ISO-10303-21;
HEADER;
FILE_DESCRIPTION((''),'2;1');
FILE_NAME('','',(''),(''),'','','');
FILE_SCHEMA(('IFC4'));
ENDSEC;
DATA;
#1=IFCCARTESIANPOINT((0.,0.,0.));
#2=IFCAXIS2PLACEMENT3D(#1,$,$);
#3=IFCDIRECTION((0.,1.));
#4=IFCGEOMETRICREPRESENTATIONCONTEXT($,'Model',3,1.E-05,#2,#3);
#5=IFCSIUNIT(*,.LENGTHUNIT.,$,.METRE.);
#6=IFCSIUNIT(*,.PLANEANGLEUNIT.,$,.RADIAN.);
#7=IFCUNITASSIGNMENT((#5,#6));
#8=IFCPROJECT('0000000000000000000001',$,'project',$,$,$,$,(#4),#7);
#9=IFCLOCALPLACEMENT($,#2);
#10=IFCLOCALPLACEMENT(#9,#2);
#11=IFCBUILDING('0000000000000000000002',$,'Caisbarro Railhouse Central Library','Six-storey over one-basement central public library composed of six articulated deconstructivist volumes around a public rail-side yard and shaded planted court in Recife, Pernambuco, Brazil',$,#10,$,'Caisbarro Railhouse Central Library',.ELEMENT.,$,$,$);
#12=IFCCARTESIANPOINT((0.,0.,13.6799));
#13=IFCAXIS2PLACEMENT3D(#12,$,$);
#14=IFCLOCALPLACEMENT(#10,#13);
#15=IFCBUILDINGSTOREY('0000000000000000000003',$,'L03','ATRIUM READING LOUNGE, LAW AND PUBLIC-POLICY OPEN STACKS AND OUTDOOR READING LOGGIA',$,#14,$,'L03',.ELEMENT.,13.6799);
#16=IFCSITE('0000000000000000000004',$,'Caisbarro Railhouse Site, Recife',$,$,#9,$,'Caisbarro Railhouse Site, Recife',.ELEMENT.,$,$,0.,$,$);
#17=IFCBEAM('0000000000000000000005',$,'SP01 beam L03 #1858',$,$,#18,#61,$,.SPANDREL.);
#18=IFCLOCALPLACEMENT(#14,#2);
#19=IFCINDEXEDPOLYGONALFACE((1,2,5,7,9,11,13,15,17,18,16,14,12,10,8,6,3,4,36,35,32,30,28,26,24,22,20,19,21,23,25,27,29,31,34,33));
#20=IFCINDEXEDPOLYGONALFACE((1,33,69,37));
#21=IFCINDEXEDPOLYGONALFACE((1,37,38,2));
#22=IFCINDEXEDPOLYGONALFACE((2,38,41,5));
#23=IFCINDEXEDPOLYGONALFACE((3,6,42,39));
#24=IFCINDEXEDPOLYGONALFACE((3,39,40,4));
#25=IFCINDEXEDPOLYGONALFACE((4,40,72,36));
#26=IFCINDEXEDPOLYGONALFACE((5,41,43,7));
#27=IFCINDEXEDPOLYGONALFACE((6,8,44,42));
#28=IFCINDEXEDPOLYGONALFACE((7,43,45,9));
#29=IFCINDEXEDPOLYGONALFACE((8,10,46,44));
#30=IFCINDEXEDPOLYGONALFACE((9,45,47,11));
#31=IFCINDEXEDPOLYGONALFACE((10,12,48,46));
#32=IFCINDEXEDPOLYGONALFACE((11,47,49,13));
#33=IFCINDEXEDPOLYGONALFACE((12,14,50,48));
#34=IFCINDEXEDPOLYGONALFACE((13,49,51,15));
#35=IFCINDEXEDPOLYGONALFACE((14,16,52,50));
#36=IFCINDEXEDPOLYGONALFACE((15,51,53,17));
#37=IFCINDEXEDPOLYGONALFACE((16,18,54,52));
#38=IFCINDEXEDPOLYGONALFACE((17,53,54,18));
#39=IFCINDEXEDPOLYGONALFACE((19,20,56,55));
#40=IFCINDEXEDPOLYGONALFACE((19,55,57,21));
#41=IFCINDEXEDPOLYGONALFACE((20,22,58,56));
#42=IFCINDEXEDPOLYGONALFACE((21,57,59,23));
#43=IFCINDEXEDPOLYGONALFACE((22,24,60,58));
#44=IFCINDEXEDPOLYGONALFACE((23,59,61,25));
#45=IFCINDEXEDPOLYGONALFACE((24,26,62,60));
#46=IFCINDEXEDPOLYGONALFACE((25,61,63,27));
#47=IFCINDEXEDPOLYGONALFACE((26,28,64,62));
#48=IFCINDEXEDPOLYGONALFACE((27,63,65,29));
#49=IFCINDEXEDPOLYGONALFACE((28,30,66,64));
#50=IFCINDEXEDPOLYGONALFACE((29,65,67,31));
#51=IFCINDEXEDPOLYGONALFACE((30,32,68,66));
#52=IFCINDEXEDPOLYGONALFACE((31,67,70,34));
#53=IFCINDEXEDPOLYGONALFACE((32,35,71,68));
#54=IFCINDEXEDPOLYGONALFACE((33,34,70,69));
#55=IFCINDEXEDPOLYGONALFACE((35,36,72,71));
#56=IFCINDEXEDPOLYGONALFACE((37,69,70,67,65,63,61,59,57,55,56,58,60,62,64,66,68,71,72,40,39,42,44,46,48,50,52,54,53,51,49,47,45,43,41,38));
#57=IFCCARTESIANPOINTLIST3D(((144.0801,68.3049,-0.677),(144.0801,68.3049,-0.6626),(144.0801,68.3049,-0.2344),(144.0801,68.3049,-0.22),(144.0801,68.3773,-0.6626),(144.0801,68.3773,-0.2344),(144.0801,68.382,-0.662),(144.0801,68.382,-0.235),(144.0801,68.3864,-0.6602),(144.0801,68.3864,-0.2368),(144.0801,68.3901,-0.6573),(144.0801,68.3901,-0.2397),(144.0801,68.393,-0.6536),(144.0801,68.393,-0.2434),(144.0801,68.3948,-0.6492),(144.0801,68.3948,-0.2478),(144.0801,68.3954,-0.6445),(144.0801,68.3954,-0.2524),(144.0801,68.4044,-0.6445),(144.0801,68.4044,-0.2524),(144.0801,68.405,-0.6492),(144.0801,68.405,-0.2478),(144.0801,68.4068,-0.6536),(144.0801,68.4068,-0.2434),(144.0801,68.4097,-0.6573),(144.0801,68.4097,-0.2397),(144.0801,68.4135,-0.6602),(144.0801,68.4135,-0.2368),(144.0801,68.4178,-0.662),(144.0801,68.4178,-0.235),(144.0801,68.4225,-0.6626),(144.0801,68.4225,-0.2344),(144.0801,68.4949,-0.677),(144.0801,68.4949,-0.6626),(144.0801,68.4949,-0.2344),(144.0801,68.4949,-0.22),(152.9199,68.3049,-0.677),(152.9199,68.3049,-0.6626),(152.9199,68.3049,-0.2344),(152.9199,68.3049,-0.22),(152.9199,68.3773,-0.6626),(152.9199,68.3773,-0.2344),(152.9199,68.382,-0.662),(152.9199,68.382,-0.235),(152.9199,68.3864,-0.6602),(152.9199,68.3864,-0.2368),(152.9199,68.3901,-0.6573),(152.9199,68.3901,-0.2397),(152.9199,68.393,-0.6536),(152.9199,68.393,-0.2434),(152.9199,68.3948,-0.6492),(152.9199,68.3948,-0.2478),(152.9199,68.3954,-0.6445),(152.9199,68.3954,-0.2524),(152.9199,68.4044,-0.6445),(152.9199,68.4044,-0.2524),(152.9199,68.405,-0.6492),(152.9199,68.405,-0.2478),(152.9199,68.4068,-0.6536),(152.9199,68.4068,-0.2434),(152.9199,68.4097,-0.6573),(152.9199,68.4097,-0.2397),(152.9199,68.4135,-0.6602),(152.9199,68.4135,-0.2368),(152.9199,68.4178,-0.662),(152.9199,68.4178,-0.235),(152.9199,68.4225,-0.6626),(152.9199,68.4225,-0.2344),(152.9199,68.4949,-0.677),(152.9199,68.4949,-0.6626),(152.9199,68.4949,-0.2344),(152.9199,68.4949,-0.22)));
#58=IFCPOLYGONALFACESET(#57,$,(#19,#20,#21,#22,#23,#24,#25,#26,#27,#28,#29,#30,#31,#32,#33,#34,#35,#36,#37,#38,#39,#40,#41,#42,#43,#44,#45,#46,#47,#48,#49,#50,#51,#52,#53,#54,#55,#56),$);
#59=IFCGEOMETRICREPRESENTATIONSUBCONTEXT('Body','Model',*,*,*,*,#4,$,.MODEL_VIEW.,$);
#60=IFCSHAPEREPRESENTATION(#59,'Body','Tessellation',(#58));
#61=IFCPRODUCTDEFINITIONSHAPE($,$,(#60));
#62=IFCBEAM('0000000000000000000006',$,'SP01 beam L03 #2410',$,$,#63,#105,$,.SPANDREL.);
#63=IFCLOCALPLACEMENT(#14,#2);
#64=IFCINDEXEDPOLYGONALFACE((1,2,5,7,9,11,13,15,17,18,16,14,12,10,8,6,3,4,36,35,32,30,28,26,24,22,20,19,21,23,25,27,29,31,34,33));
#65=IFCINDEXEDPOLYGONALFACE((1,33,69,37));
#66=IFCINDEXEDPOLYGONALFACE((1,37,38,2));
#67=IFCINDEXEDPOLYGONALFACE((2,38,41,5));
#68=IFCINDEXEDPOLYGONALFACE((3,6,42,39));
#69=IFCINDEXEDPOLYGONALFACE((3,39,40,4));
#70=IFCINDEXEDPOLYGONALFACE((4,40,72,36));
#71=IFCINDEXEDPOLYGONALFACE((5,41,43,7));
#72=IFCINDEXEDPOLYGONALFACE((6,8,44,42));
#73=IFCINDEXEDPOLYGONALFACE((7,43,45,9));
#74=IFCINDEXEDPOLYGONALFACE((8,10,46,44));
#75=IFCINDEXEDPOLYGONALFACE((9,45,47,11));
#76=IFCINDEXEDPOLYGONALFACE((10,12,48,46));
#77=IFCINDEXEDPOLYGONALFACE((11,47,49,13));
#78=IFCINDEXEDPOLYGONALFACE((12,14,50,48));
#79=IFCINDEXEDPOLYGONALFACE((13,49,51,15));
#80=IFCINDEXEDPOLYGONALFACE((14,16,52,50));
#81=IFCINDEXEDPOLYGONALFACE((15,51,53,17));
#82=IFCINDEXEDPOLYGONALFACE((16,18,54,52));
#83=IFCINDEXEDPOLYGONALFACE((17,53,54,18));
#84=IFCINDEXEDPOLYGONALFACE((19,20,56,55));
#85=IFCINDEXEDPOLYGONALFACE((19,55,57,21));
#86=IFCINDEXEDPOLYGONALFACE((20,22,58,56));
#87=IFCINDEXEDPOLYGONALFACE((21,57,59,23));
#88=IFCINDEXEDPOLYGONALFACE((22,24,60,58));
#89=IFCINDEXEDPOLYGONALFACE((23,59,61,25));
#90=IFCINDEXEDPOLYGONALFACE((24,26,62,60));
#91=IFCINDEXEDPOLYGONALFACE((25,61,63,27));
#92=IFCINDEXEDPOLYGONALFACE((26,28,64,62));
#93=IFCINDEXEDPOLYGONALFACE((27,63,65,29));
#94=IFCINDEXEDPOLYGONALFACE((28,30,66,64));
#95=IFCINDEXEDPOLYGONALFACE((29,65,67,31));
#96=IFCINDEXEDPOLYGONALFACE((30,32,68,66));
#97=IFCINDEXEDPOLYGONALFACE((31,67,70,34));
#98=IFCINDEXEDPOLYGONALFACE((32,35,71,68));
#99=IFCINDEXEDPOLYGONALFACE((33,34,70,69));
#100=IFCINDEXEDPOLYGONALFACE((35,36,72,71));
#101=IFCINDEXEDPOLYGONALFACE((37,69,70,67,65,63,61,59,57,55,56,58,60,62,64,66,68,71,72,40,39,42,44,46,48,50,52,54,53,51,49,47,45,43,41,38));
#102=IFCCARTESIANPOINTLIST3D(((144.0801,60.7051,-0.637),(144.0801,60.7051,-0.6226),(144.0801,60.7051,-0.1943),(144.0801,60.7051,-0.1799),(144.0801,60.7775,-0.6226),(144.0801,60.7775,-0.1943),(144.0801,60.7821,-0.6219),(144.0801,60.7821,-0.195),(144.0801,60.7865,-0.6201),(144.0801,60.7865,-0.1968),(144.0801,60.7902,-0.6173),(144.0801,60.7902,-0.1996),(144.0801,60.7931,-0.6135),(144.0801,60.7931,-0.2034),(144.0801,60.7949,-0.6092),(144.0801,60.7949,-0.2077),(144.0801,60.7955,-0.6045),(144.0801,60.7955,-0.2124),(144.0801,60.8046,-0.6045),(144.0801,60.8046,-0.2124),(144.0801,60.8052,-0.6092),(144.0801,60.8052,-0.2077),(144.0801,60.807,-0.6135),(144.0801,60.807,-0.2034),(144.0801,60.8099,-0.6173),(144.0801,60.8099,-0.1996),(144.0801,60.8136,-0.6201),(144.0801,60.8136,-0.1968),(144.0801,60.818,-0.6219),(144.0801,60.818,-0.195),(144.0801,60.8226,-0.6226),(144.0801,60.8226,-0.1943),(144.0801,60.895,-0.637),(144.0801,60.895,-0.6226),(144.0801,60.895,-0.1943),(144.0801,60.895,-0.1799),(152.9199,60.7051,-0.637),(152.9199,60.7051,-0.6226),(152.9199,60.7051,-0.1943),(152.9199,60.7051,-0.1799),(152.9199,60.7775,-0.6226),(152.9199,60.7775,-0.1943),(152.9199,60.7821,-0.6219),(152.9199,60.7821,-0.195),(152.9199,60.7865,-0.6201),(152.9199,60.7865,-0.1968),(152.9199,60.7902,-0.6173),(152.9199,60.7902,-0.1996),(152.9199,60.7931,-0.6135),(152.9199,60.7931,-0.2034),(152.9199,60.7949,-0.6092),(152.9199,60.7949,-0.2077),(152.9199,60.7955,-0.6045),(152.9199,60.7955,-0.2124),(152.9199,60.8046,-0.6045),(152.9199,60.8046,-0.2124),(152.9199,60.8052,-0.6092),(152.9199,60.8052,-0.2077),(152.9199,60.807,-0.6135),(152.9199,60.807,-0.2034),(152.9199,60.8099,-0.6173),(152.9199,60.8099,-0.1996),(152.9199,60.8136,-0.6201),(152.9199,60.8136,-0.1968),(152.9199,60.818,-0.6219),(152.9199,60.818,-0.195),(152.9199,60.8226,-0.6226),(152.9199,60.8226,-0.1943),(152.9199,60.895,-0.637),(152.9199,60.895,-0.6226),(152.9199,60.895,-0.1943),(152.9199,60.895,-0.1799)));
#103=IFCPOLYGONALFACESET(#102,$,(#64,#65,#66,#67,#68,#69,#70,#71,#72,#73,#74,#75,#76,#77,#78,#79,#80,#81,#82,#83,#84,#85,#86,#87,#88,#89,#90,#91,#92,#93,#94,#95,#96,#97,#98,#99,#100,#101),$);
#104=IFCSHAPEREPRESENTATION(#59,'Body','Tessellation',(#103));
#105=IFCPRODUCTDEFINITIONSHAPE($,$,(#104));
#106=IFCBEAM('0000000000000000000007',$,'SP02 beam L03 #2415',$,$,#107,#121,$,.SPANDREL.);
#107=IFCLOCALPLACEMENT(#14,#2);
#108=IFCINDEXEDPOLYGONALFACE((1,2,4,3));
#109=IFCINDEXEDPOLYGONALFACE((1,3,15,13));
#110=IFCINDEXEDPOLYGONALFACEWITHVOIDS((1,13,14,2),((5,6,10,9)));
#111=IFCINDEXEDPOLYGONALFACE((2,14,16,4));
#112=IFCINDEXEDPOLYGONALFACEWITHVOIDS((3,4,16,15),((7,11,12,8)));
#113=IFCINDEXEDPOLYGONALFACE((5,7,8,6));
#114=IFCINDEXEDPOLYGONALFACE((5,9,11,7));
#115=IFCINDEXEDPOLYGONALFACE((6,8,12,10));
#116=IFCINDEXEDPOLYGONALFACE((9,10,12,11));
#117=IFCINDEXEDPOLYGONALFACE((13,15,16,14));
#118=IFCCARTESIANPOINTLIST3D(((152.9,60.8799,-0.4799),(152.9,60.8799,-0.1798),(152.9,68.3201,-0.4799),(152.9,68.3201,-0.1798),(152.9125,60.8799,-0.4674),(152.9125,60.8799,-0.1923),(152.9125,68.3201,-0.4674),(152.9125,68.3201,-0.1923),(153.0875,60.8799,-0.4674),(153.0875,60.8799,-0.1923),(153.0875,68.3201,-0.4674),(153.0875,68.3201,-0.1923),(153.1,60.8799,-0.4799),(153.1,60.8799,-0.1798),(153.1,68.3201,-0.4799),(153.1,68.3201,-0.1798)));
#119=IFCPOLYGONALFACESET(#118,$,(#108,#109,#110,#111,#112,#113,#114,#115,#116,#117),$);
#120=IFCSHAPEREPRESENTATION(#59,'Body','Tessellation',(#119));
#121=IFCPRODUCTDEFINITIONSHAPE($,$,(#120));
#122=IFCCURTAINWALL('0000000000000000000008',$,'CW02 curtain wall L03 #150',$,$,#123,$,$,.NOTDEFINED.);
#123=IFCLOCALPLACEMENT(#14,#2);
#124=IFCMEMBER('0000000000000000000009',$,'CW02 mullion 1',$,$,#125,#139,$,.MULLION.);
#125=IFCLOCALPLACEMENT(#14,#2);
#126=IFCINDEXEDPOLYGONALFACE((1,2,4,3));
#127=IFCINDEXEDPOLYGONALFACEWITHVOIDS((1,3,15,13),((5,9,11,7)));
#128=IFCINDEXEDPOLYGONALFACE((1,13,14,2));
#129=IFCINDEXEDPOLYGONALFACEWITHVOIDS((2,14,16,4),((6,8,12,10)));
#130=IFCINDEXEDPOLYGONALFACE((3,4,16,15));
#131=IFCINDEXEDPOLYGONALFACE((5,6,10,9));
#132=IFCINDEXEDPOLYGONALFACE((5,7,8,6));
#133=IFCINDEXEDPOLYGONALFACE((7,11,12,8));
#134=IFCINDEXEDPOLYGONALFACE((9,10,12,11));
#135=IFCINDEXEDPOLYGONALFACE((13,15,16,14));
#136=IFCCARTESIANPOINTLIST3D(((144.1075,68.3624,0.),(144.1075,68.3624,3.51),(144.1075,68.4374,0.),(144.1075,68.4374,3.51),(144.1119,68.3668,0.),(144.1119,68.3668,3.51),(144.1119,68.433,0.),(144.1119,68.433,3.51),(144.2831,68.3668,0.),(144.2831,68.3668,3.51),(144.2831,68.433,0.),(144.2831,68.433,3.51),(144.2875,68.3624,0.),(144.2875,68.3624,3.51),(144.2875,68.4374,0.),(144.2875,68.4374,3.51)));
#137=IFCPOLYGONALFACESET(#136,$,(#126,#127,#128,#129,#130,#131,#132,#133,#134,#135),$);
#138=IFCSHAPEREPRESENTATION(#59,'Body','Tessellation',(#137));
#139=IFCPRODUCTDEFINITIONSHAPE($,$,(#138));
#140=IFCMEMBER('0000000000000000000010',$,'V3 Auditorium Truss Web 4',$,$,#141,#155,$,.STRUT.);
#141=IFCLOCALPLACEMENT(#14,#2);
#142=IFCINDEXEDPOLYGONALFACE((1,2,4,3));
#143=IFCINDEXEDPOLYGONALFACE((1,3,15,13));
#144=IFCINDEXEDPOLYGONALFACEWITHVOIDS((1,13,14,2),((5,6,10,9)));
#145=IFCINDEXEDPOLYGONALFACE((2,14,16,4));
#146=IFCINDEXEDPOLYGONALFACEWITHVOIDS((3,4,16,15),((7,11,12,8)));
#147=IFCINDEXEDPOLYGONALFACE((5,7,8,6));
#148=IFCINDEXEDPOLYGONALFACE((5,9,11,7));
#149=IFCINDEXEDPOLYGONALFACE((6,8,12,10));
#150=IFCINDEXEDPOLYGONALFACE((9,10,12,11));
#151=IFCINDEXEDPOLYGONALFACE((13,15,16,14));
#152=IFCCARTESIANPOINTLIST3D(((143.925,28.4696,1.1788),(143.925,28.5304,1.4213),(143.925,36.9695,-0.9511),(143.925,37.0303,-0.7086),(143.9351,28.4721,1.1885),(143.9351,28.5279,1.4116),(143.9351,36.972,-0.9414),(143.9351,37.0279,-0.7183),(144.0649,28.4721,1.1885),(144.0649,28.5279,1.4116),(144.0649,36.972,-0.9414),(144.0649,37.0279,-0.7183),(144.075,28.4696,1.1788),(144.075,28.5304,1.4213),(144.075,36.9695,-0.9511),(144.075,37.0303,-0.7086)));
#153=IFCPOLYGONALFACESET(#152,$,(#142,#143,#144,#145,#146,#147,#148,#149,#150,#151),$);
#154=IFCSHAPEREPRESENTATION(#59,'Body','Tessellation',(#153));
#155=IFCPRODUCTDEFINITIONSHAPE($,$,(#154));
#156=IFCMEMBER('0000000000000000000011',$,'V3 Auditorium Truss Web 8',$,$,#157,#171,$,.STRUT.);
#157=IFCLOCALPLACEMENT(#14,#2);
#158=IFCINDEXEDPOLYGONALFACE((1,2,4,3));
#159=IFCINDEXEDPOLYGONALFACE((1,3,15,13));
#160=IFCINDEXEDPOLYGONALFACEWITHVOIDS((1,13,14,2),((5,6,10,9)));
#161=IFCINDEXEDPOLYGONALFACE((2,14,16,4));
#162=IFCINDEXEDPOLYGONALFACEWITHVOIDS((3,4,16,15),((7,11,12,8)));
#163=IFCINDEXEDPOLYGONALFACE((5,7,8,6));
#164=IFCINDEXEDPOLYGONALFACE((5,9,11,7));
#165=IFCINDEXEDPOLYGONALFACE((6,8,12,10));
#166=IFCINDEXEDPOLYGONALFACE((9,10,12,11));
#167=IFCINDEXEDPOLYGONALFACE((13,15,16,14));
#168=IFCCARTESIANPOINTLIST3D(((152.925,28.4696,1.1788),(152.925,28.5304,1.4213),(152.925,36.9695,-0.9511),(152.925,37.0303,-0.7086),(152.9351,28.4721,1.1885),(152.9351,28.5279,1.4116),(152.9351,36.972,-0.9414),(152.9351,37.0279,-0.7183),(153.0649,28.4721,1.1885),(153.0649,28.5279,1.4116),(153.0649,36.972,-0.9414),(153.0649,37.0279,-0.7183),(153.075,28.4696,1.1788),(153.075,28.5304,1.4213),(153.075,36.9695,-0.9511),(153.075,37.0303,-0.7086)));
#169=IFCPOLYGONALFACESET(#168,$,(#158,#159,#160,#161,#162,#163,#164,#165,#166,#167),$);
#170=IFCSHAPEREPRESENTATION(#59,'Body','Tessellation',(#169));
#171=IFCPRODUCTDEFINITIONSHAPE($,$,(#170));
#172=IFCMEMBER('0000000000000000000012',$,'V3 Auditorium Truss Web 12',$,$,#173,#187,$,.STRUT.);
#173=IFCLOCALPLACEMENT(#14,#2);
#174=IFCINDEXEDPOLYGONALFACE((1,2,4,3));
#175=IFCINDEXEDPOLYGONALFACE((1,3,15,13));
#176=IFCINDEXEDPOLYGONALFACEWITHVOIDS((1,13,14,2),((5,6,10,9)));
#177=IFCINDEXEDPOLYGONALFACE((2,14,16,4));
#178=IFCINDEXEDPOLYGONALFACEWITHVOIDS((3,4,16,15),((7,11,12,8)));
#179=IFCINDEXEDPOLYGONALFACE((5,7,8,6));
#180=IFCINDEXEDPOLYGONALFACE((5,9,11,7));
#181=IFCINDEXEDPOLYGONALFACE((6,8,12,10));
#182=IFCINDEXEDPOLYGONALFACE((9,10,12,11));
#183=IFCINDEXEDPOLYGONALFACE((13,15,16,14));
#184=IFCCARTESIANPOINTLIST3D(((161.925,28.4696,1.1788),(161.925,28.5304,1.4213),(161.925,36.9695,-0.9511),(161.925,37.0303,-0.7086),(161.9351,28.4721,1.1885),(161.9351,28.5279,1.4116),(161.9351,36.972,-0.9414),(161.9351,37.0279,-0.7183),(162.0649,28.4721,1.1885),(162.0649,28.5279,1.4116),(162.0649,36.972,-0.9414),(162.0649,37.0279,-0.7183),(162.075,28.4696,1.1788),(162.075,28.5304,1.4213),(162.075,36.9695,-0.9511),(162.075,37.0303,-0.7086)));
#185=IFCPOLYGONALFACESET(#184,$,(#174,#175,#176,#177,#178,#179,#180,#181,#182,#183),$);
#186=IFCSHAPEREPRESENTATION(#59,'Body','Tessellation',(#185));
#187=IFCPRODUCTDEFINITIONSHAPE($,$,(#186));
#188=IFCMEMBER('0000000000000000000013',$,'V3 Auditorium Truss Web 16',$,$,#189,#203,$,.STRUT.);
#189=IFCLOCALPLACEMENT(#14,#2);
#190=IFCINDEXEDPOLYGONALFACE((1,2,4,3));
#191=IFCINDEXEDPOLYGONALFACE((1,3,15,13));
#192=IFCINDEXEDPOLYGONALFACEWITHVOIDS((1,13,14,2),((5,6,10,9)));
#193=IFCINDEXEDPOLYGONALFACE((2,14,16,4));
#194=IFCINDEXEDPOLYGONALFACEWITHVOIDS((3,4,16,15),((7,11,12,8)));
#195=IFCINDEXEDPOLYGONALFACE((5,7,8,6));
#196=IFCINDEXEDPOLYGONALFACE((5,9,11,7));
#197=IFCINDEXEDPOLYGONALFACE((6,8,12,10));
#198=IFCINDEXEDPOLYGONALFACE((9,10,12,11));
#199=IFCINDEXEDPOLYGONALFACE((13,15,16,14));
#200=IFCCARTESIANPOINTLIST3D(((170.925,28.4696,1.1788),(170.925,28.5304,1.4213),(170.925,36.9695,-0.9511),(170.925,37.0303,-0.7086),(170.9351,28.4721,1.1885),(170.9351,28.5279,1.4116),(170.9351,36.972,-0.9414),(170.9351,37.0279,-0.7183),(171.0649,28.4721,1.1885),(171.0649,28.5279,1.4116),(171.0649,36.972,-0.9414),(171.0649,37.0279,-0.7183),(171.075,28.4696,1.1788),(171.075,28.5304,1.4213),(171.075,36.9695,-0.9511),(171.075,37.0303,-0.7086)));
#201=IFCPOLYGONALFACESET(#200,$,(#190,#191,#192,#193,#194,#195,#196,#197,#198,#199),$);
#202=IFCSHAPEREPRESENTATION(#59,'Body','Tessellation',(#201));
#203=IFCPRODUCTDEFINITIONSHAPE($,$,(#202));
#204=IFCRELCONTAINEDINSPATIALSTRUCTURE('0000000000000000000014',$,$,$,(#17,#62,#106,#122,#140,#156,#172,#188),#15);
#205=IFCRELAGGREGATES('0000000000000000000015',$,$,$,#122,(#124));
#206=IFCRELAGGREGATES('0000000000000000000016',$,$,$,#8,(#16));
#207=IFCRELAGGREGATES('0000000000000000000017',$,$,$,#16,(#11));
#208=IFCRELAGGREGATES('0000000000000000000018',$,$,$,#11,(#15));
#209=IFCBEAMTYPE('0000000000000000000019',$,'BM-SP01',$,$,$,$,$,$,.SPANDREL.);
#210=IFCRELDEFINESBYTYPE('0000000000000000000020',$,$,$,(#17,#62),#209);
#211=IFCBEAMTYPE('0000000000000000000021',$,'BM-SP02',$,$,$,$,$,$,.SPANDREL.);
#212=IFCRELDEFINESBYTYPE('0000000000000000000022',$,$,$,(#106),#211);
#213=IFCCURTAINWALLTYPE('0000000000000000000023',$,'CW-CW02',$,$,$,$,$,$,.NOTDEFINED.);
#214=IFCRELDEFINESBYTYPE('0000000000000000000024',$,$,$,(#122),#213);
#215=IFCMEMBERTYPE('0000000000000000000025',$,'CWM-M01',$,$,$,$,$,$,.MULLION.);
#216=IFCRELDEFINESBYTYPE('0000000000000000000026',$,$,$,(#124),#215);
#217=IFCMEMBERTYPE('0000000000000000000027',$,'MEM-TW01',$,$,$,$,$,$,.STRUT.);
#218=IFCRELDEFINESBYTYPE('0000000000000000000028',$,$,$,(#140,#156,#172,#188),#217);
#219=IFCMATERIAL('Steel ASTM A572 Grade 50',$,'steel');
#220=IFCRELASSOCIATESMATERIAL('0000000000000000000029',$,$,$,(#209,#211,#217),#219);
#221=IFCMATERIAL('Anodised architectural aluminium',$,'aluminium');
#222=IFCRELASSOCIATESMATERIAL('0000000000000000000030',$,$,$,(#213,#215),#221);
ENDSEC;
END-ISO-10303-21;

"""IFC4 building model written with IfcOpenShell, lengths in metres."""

from ifc_helpers import new_model, si_unit, direction, frame, origin, origin_2d, place, context, subcontext, project, spatial, hollow_rectangle, i_section, extrude, material, material_profile, profile_set, type_object, element, aggregate, save


model = new_model("IFC4")

# Units and contexts
model_context = context("Model", 3, precision=1e-05, world=origin(), true_north=direction((0.0, 1.0)))
body_context = subcontext(model_context, "Body", "Model", "MODEL_VIEW")
ifc_project = project(units=[si_unit("LENGTHUNIT", "METRE"), si_unit("PLANEANGLEUNIT", "RADIAN")], contexts=[model_context])

# Site, building, storey
site_placement = place(None, origin())
site = spatial("IfcSite", under=ifc_project, at=site_placement, Name="Caisbarro Railhouse Site, Recife", LongName="Caisbarro Railhouse Site, Recife", CompositionType="ELEMENT", RefElevation=0.0)
building_placement = place(site_placement, origin())
building = spatial("IfcBuilding", under=site, at=building_placement, Name="Caisbarro Railhouse Central Library", Description="Six-storey over one-basement central public library composed of six articulated deconstructivist volumes around a public rail-side yard and shaded planted court in Recife, Pernambuco, Brazil", LongName="Caisbarro Railhouse Central Library", CompositionType="ELEMENT")
storey_placement = place(building_placement, frame((0.0, 0.0, 13.6799)))
storey = spatial("IfcBuildingStorey", under=building, at=storey_placement, Name="L03", Description="ATRIUM READING LOUNGE, LAW AND PUBLIC-POLICY OPEN STACKS AND OUTDOOR READING LOGGIA", LongName="L03", CompositionType="ELEMENT", Elevation=13.6799)

# Shared definitions
ifc_material_1 = material(Name="Steel ASTM A572 Grade 50", Category="steel")

# Beams
ifc_material_profile_1 = material_profile(ifc_material_1, i_section(OverallWidth=0.1899, OverallDepth=0.457, WebThickness=0.009, FlangeThickness=0.0144, FilletRadius=0.0181, at=origin_2d()), Name="W460X74.0")
ifc_profile_set_1 = profile_set([ifc_material_profile_1], Name="Steel ASTM A572 Grade 50")
beam_type_1 = type_object("IfcBeamType", Name="BM-SP01", PredefinedType="SPANDREL", material=ifc_profile_set_1)
for number, where, z_axis, x_axis, name in (
    (1, (144.0801, 68.3999, -0.4485), (1.0, 0.0, 0.0), (0.0, 1.0, 0.0), "SP01 beam L03 #1858"),
    (2, (144.0801, 60.8, -0.4084), (1.0, 0.0, 0.0), (0.0, 1.0, 0.0), "SP01 beam L03 #2410"),
):
    element("IfcBeam", number, at=place(storey_placement, frame(where, z_axis=z_axis, x_axis=x_axis)), inside=storey, type_object=beam_type_1, Name=name, PredefinedType="SPANDREL", context=body_context, shape_type="SweptSolid", body=[
        extrude(i_section(OverallWidth=0.1899, OverallDepth=0.457, WebThickness=0.009, FlangeThickness=0.0144, FilletRadius=0.0181, at=origin_2d()), origin(), (0.0, 0.0, 1.0), 8.8398),
    ])
ifc_material_profile_2 = material_profile(ifc_material_1, hollow_rectangle(XDim=0.2, YDim=0.3, WallThickness=0.0125, at=origin_2d()), Name="HSS300X200X12.5")
ifc_profile_set_2 = profile_set([ifc_material_profile_2], Name="Steel ASTM A572 Grade 50")
beam_type_2 = type_object("IfcBeamType", Name="BM-SP02", PredefinedType="SPANDREL", material=ifc_profile_set_2)
beam_1_placement = place(storey_placement, frame((153.0, 60.8799, -0.3298), z_axis=(0.0, 1.0, 0.0), x_axis=(-1.0, 0.0, 0.0)))
element("IfcBeam", 3, at=beam_1_placement, inside=storey, type_object=beam_type_2, Name="SP02 beam L03 #2415", PredefinedType="SPANDREL", context=body_context, shape_type="SweptSolid", body=[
    extrude(hollow_rectangle(XDim=0.2, YDim=0.3, WallThickness=0.0125, at=origin_2d()), origin(), (0.0, 0.0, 1.0), 7.4402),
])

# Curtain wall, member
ifc_material_2 = material(Name="Anodised architectural aluminium", Category="aluminium")
curtain_wall_type = type_object("IfcCurtainWallType", Name="CW-CW02", PredefinedType="NOTDEFINED", material=ifc_material_2)
curtain_wall_placement = place(storey_placement, origin())
curtain_wall = element("IfcCurtainWall", 4, at=curtain_wall_placement, inside=storey, type_object=curtain_wall_type, Name="CW02 curtain wall L03 #150", PredefinedType="NOTDEFINED")
ifc_material_profile_3 = material_profile(ifc_material_2, hollow_rectangle(XDim=0.075, YDim=0.1799, WallThickness=0.0044, at=origin_2d()), Name="ALU-MUL-75X180")
ifc_profile_set_3 = profile_set([ifc_material_profile_3], Name="Anodised architectural aluminium")
member_type_1 = type_object("IfcMemberType", Name="CWM-M01", PredefinedType="MULLION", material=ifc_profile_set_3)
member_placement = place(storey_placement, frame((144.1975, 68.3999, 0.0), z_axis=(0.0, 0.0, 1.0), x_axis=(0.0, 1.0, 0.0)))
member = element("IfcMember", 5, at=member_placement, type_object=member_type_1, Name="CW02 mullion 1", PredefinedType="MULLION", context=body_context, shape_type="SweptSolid", body=[
    extrude(hollow_rectangle(XDim=0.075, YDim=0.1799, WallThickness=0.0044, at=origin_2d()), origin(), (0.0, 0.0, 1.0), 3.51),
])
aggregate(curtain_wall, [member])

# Members
ifc_material_profile_4 = material_profile(ifc_material_1, hollow_rectangle(XDim=0.1499, YDim=0.25, WallThickness=0.01, at=origin_2d()), Name="HSS250X150X10")
ifc_profile_set_4 = profile_set([ifc_material_profile_4], Name="Steel ASTM A572 Grade 50")
member_type_2 = type_object("IfcMemberType", Name="MEM-TW01", PredefinedType="STRUT", material=ifc_profile_set_4)
for number, where, z_axis, x_axis, name in (
    (6, (144.0, 28.5, 1.3), (0.0, 0.970011, -0.24306), (-1.0, 0.0, 0.0), "V3 Auditorium Truss Web 4"),
    (7, (153.0, 28.5, 1.3), (0.0, 0.970011, -0.24306), (-1.0, 0.0, 0.0), "V3 Auditorium Truss Web 8"),
    (8, (162.0, 28.5, 1.3), (0.0, 0.970011, -0.24306), (-1.0, 0.0, 0.0), "V3 Auditorium Truss Web 12"),
    (9, (171.0, 28.5, 1.3), (0.0, 0.970011, -0.24306), (-1.0, 0.0, 0.0), "V3 Auditorium Truss Web 16"),
):
    element("IfcMember", number, at=place(storey_placement, frame(where, z_axis=z_axis, x_axis=x_axis)), inside=storey, type_object=member_type_2, Name=name, PredefinedType="STRUT", context=body_context, shape_type="SweptSolid", body=[
        extrude(hollow_rectangle(XDim=0.1499, YDim=0.25, WallThickness=0.01, at=origin_2d()), origin(), (0.0, 0.0, 1.0), 8.7627),
    ])

save(model, "model.ifc")
